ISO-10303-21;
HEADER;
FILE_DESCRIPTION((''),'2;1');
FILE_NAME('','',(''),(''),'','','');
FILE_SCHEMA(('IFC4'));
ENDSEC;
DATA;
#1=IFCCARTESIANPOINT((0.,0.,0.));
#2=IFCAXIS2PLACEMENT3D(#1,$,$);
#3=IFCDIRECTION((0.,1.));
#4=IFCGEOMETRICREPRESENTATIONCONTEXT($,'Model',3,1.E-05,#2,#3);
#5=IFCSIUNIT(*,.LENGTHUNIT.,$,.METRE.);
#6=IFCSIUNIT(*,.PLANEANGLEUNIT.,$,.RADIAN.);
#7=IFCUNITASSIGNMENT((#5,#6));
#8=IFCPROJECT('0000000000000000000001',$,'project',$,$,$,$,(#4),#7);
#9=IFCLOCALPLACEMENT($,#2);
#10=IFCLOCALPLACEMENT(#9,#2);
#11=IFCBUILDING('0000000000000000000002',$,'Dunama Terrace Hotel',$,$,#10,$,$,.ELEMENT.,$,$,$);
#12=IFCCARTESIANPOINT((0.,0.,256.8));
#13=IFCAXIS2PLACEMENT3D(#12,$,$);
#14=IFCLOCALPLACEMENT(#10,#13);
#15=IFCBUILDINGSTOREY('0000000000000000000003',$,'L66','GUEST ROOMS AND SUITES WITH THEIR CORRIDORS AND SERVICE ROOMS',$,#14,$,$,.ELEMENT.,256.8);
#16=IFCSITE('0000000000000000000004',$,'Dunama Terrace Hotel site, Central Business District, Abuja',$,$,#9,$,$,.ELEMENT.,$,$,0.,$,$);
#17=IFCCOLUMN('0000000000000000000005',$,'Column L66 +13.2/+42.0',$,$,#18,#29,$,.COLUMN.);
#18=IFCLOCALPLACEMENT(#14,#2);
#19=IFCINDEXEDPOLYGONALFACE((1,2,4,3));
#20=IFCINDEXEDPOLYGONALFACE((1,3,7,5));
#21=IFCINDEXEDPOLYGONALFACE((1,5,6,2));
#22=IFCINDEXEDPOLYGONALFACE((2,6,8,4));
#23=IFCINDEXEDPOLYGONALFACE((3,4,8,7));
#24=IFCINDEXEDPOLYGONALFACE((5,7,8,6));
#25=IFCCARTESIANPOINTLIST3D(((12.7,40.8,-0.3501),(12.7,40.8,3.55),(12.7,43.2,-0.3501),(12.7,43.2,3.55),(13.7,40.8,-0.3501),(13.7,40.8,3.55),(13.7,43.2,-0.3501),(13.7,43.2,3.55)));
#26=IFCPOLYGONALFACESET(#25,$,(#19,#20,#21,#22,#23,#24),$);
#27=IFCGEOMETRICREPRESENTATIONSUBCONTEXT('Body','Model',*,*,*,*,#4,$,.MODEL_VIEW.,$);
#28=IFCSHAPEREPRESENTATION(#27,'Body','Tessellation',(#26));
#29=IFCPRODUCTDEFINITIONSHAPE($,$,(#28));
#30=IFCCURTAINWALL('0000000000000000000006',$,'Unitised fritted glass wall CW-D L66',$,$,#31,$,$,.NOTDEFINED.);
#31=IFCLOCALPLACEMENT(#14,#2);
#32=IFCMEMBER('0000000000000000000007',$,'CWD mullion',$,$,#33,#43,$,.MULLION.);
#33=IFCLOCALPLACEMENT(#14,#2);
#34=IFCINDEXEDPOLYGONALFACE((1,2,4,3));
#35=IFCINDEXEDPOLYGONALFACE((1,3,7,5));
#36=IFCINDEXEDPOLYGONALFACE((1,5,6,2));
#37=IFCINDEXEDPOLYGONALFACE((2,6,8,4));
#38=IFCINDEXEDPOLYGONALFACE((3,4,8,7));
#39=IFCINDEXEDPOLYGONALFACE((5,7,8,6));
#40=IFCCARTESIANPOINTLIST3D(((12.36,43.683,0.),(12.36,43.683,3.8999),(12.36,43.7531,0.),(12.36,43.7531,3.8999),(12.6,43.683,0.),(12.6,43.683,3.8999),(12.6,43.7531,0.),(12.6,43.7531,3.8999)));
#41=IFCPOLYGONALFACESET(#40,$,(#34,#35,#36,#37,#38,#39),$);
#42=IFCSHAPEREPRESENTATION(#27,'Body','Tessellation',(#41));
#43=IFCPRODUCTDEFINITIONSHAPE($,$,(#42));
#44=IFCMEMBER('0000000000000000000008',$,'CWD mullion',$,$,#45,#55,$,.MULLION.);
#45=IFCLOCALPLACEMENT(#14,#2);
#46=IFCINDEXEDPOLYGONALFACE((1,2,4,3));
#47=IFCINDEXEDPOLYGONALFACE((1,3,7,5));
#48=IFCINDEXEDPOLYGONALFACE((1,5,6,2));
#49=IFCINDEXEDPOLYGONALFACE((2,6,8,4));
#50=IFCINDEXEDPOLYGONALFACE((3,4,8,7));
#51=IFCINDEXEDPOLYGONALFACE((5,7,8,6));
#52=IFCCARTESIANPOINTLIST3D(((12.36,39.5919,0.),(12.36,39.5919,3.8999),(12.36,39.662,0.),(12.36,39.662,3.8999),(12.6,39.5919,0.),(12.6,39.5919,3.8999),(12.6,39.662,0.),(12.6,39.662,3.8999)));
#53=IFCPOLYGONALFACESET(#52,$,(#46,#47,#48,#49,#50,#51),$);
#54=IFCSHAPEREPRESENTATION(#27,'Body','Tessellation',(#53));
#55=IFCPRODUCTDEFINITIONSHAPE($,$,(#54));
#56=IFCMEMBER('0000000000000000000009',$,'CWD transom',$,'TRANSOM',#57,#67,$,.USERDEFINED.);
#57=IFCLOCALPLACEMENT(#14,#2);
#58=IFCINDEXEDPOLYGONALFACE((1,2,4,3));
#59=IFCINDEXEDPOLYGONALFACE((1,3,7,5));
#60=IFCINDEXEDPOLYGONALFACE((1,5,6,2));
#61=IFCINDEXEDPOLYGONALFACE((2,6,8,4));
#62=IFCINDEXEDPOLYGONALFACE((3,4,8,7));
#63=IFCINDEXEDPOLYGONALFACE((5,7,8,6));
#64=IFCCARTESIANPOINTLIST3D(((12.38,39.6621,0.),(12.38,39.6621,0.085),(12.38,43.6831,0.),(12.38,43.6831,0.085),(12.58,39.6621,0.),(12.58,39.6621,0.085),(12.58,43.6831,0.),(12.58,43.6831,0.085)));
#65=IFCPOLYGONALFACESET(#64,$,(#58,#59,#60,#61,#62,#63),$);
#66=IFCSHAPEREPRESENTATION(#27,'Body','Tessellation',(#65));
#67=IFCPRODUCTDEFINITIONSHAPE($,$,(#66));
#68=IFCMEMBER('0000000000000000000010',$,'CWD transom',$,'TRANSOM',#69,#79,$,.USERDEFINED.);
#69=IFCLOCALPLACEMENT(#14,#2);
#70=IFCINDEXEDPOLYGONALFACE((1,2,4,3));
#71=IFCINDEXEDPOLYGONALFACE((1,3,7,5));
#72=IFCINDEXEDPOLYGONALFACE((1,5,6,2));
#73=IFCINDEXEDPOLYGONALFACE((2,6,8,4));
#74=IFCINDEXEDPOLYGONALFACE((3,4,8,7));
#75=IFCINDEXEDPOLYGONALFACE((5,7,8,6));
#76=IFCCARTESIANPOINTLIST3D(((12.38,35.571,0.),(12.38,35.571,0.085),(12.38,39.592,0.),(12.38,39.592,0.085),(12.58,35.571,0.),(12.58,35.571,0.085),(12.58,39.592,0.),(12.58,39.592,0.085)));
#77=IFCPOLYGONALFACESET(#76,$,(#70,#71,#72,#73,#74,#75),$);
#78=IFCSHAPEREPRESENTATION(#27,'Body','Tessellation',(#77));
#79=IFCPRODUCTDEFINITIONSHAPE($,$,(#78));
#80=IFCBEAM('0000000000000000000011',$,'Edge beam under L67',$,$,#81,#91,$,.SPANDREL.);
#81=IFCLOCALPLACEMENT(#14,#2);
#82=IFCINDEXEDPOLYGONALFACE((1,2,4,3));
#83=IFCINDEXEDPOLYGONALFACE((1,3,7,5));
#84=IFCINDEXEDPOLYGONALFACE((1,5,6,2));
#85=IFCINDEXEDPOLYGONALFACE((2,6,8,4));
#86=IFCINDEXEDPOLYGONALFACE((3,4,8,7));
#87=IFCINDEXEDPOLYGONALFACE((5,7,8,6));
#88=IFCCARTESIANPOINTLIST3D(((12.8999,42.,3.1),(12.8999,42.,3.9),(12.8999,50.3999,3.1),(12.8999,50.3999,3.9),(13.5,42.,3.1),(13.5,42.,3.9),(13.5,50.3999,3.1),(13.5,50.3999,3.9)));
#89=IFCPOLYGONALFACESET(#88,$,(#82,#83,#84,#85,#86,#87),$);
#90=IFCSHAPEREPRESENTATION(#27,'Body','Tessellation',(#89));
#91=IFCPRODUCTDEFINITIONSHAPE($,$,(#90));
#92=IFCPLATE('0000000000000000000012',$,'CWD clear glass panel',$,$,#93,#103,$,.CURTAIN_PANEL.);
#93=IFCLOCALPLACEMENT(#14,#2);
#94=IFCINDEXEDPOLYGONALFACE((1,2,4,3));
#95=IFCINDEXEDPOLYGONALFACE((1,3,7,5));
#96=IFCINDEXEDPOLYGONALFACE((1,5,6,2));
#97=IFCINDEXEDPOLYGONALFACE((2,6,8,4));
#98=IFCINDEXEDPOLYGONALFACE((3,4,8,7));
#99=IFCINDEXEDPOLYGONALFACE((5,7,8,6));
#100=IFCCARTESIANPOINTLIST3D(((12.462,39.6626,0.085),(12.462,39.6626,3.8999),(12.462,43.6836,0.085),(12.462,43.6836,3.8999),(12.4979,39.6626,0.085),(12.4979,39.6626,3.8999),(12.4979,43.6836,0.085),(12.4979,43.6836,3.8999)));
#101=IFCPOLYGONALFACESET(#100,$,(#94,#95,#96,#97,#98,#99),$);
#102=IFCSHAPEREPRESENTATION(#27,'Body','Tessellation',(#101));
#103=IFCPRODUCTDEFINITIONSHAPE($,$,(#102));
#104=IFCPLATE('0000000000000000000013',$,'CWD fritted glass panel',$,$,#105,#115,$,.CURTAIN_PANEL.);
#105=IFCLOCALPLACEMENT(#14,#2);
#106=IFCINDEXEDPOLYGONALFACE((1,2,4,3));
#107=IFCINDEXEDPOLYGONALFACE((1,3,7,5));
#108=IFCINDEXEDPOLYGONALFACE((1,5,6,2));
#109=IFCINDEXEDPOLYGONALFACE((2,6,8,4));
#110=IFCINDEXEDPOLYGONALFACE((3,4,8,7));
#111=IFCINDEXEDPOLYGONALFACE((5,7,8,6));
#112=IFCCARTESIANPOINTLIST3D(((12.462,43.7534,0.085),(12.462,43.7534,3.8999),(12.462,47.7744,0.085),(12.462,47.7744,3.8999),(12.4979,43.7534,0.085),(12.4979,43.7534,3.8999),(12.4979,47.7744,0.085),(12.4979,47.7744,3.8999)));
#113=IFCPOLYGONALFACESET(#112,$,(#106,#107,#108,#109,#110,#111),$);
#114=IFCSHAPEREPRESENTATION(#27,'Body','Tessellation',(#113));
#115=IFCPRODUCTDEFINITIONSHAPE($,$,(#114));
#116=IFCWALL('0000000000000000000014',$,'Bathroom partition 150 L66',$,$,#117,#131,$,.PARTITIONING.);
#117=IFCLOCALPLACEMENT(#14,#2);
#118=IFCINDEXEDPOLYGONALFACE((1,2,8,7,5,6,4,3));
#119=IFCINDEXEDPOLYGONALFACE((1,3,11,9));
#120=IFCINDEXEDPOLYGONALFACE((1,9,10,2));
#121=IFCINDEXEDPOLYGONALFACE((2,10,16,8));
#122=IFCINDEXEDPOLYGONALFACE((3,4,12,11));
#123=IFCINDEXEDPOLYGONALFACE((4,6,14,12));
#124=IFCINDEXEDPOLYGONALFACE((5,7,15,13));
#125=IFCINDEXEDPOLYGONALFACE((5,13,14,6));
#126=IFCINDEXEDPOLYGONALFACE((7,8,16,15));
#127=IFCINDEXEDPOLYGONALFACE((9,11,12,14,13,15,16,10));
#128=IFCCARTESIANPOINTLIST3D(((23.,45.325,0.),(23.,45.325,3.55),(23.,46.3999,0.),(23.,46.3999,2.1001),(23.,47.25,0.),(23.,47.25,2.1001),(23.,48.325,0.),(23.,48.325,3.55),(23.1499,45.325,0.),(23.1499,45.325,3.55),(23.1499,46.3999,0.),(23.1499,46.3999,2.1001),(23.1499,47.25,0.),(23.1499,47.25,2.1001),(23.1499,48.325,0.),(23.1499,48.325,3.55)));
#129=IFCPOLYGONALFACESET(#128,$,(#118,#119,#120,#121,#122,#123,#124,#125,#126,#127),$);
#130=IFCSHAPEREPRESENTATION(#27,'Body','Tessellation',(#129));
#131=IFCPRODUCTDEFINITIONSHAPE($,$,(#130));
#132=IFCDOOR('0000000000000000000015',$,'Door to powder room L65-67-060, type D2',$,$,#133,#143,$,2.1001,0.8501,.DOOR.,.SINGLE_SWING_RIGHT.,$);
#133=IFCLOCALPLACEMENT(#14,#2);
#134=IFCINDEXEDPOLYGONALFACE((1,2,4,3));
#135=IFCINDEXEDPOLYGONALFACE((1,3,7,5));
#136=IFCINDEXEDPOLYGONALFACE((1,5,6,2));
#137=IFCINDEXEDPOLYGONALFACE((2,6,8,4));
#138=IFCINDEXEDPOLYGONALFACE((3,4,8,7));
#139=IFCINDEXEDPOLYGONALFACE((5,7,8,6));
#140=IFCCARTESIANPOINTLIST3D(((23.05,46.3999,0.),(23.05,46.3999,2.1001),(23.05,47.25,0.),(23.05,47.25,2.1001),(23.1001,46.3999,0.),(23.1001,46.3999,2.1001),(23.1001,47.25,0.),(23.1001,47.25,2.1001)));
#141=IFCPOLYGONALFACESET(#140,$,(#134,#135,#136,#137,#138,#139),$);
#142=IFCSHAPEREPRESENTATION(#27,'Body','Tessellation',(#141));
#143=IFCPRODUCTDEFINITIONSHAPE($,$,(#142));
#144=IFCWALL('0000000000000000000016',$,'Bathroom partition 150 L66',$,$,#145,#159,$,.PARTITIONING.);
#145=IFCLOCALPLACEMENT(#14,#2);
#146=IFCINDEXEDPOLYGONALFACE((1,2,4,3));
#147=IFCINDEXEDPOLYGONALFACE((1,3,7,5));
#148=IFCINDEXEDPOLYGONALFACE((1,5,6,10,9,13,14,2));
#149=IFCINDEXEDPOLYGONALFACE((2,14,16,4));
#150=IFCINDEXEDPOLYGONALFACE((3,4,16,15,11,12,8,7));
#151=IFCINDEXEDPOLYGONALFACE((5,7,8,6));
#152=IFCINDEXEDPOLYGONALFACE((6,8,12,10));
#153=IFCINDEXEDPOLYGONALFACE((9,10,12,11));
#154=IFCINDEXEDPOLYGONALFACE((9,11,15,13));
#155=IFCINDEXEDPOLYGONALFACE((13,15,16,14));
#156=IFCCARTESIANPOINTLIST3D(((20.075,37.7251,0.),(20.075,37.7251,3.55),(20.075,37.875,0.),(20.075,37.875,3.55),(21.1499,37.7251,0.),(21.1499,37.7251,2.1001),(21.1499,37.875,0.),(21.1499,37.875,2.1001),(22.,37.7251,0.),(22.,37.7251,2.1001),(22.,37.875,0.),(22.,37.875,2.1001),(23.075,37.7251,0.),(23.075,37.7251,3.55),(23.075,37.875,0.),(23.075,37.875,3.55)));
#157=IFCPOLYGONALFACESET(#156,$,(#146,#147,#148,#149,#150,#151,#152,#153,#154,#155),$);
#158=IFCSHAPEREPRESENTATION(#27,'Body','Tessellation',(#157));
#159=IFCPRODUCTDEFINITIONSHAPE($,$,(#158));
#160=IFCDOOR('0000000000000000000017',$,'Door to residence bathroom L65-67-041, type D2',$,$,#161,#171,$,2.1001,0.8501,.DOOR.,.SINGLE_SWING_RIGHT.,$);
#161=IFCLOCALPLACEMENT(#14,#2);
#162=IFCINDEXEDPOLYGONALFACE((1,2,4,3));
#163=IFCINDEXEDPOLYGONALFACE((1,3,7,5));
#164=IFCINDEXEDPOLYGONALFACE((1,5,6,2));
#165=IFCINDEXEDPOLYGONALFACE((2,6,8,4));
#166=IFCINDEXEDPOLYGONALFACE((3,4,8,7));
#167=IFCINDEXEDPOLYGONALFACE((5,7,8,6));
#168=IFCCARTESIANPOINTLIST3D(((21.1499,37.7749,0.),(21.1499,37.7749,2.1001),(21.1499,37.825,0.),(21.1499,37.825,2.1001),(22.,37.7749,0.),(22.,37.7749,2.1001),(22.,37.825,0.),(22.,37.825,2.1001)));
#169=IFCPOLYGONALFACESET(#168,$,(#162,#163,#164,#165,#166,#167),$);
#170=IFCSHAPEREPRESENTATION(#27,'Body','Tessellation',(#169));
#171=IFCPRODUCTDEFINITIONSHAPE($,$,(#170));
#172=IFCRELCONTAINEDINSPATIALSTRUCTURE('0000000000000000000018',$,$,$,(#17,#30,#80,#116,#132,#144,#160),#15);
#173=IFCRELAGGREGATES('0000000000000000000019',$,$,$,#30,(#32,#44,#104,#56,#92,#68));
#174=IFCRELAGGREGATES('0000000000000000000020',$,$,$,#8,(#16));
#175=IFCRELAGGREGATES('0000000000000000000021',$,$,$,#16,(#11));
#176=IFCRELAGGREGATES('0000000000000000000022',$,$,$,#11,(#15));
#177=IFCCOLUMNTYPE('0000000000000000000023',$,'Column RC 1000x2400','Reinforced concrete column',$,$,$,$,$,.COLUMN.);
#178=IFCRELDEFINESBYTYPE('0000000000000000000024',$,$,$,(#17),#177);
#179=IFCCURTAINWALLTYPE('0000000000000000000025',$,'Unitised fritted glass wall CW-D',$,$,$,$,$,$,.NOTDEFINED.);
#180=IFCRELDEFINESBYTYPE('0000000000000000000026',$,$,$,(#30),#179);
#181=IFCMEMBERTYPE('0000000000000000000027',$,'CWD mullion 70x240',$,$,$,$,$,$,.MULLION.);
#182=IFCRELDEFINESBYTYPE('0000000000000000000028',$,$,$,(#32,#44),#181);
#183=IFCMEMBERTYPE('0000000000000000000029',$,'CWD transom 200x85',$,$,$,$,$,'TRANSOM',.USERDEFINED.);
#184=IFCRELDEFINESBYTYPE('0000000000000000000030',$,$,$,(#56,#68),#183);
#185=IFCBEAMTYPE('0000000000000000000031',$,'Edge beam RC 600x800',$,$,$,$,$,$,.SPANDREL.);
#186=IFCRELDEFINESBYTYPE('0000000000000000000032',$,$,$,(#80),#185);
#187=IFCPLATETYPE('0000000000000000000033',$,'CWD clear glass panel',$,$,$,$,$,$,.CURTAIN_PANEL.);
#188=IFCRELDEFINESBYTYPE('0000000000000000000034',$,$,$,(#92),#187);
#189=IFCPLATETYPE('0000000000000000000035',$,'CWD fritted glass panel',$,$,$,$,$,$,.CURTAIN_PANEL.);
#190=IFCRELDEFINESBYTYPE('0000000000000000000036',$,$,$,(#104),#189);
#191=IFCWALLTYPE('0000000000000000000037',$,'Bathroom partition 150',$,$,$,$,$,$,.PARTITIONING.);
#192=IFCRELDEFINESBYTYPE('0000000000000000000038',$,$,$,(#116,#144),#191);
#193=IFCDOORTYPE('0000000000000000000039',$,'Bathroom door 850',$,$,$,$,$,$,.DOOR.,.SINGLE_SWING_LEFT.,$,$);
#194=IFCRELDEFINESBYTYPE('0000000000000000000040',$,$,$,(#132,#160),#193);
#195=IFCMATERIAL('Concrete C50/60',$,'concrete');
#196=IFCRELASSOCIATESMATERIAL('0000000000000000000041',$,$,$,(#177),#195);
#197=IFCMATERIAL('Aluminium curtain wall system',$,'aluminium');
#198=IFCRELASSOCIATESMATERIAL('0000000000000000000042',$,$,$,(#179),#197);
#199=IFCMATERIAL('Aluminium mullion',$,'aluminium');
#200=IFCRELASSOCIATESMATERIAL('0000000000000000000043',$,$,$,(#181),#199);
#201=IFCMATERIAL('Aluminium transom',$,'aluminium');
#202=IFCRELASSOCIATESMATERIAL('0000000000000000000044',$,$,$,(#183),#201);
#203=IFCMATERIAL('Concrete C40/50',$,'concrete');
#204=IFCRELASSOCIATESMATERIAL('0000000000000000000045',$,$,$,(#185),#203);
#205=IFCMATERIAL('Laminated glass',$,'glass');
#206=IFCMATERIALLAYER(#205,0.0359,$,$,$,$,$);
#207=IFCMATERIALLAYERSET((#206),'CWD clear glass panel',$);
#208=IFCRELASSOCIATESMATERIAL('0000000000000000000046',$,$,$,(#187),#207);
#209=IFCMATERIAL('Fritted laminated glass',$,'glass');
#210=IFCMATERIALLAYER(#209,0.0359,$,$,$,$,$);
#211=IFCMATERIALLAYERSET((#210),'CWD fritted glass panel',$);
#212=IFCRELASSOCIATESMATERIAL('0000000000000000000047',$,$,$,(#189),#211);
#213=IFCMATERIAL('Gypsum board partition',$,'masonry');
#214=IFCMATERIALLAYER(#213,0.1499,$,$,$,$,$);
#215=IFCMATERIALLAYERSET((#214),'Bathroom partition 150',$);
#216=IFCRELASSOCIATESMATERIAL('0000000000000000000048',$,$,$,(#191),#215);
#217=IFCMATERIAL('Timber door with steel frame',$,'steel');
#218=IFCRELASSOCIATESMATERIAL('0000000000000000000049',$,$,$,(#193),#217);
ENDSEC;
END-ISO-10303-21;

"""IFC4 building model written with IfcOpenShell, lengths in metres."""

from ifc_helpers import new_model, si_unit, direction, frame, frame_2d, origin, origin_2d, place, context, subcontext, project, spatial, rectangle, extrude, material, layer, layer_set, material_profile, profile_set, type_object, element, fill, aggregate, save


model = new_model("IFC4")

# Units and contexts
model_context = context("Model", 3, precision=1e-05, world=origin(), true_north=direction((0.0, 1.0)))
body_context = subcontext(model_context, "Body", "Model", "MODEL_VIEW")
ifc_project = project(units=[si_unit("LENGTHUNIT", "METRE"), si_unit("PLANEANGLEUNIT", "RADIAN")], contexts=[model_context])

# Site, building, storey
site_placement = place(None, origin())
site = spatial("IfcSite", under=ifc_project, at=site_placement, Name="Dunama Terrace Hotel site, Central Business District, Abuja", CompositionType="ELEMENT", RefElevation=0.0)
building_placement = place(site_placement, origin())
building = spatial("IfcBuilding", under=site, at=building_placement, Name="Dunama Terrace Hotel", CompositionType="ELEMENT")
storey_placement = place(building_placement, frame((0.0, 0.0, 256.8)))
storey = spatial("IfcBuildingStorey", under=building, at=storey_placement, Name="L66", Description="GUEST ROOMS AND SUITES WITH THEIR CORRIDORS AND SERVICE ROOMS", CompositionType="ELEMENT", Elevation=256.8)

# Column
ifc_material_1 = material(Name="Concrete C50/60", Category="concrete")
ifc_material_profile_1 = material_profile(ifc_material_1, rectangle(XDim=1.0, YDim=2.3999, at=origin_2d()), Name="RC 1000x2400")
ifc_profile_set_1 = profile_set([ifc_material_profile_1], Name="Concrete C50/60")
column_type = type_object("IfcColumnType", Name="Column RC 1000x2400", Description="Reinforced concrete column", PredefinedType="COLUMN", material=ifc_profile_set_1)
column_placement = place(storey_placement, frame((13.2, 42.0, -0.3501), z_axis=(0.0, 0.0, 1.0), x_axis=(1.0, 0.0, 0.0)))
element("IfcColumn", 1, at=column_placement, inside=storey, type_object=column_type, Name="Column L66 +13.2/+42.0", PredefinedType="COLUMN", context=body_context, shape_type="SweptSolid", body=[
    extrude(rectangle(XDim=1.0, YDim=2.3999, at=origin_2d()), origin(), (0.0, 0.0, 1.0), 3.9001),
])

# Curtain wall, members
ifc_material_2 = material(Name="Aluminium curtain wall system", Category="aluminium")
curtain_wall_type = type_object("IfcCurtainWallType", Name="Unitised fritted glass wall CW-D", PredefinedType="NOTDEFINED", material=ifc_material_2)
curtain_wall_placement = place(storey_placement, origin())
curtain_wall = element("IfcCurtainWall", 2, at=curtain_wall_placement, inside=storey, type_object=curtain_wall_type, Name="Unitised fritted glass wall CW-D L66", PredefinedType="NOTDEFINED")
ifc_material_3 = material(Name="Aluminium mullion", Category="aluminium")
ifc_material_profile_2 = material_profile(ifc_material_3, rectangle(XDim=0.0701, YDim=0.24, at=origin_2d()), Name="CWD MULLION 70X240")
ifc_profile_set_2 = profile_set([ifc_material_profile_2], Name="Aluminium mullion")
member_type_1 = type_object("IfcMemberType", Name="CWD mullion 70x240", PredefinedType="MULLION", material=ifc_profile_set_2)
member_1_placement = place(storey_placement, frame((12.48, 43.718, 0.0), z_axis=(0.0, 0.0, 1.0), x_axis=(0.0, -1.0, 0.0)))
member_1 = element("IfcMember", 3, at=member_1_placement, type_object=member_type_1, Name="CWD mullion", PredefinedType="MULLION", context=body_context, shape_type="SweptSolid", body=[
    extrude(rectangle(XDim=0.0701, YDim=0.24, at=origin_2d()), origin(), (0.0, 0.0, 1.0), 3.8999),
])
member_2_placement = place(storey_placement, frame((12.48, 39.627, 0.0), z_axis=(0.0, 0.0, 1.0), x_axis=(0.0, -1.0, 0.0)))
member_2 = element("IfcMember", 4, at=member_2_placement, type_object=member_type_1, Name="CWD mullion", PredefinedType="MULLION", context=body_context, shape_type="SweptSolid", body=[
    extrude(rectangle(XDim=0.0701, YDim=0.24, at=origin_2d()), origin(), (0.0, 0.0, 1.0), 3.8999),
])
ifc_material_4 = material(Name="Aluminium transom", Category="aluminium")
ifc_material_profile_3 = material_profile(ifc_material_4, rectangle(XDim=0.2, YDim=0.085, at=origin_2d()), Name="CWD TRANSOM 200X85")
ifc_profile_set_3 = profile_set([ifc_material_profile_3], Name="Aluminium transom")
member_type_2 = type_object("IfcMemberType", Name="CWD transom 200x85", ElementType="TRANSOM", PredefinedType="USERDEFINED", material=ifc_profile_set_3)
member_3_placement = place(storey_placement, frame((12.48, 43.6831, 0.0425), z_axis=(0.0, -1.0, 0.0), x_axis=(1.0, 0.0, 0.0)))
member_3 = element("IfcMember", 5, at=member_3_placement, type_object=member_type_2, Name="CWD transom", ObjectType="TRANSOM", PredefinedType="USERDEFINED", context=body_context, shape_type="SweptSolid", body=[
    extrude(rectangle(XDim=0.2, YDim=0.085, at=origin_2d()), origin(), (0.0, 0.0, 1.0), 4.021),
])
member_4_placement = place(storey_placement, frame((12.48, 39.592, 0.0425), z_axis=(0.0, -1.0, 0.0), x_axis=(1.0, 0.0, 0.0)))
member_4 = element("IfcMember", 6, at=member_4_placement, type_object=member_type_2, Name="CWD transom", ObjectType="TRANSOM", PredefinedType="USERDEFINED", context=body_context, shape_type="SweptSolid", body=[
    extrude(rectangle(XDim=0.2, YDim=0.085, at=origin_2d()), origin(), (0.0, 0.0, 1.0), 4.021),
])

# Beam
ifc_material_5 = material(Name="Concrete C40/50", Category="concrete")
ifc_material_profile_4 = material_profile(ifc_material_5, rectangle(XDim=0.6001, YDim=0.8, at=origin_2d()), Name="RC 600x800")
ifc_profile_set_4 = profile_set([ifc_material_profile_4], Name="Concrete C40/50")
beam_type = type_object("IfcBeamType", Name="Edge beam RC 600x800", PredefinedType="SPANDREL", material=ifc_profile_set_4)
beam_placement = place(storey_placement, frame((13.2, 42.0, 3.5), z_axis=(0.0, 1.0, 0.0), x_axis=(-1.0, 0.0, 0.0)))
element("IfcBeam", 7, at=beam_placement, inside=storey, type_object=beam_type, Name="Edge beam under L67", PredefinedType="SPANDREL", context=body_context, shape_type="SweptSolid", body=[
    extrude(rectangle(XDim=0.6001, YDim=0.8, at=origin_2d()), origin(), (0.0, 0.0, 1.0), 8.3999),
])

# Plates
ifc_material_6 = material(Name="Laminated glass", Category="glass")
ifc_layer_1 = layer(ifc_material_6, 0.0359)
ifc_layer_set_1 = layer_set([ifc_layer_1], Name="CWD clear glass panel")
plate_type_1 = type_object("IfcPlateType", Name="CWD clear glass panel", PredefinedType="CURTAIN_PANEL", material=ifc_layer_set_1)
plate_1_placement = place(storey_placement, frame((12.48, 41.6731, 0.085), z_axis=(0.0, 0.0, 1.0), x_axis=(0.0, -1.0, 0.0)))
plate_1 = element("IfcPlate", 8, at=plate_1_placement, type_object=plate_type_1, Name="CWD clear glass panel", PredefinedType="CURTAIN_PANEL", context=body_context, shape_type="SweptSolid", body=[
    extrude(rectangle(XDim=4.021, YDim=0.0359, at=origin_2d()), origin(), (0.0, 0.0, 1.0), 3.8149),
])
ifc_material_7 = material(Name="Fritted laminated glass", Category="glass")
ifc_layer_2 = layer(ifc_material_7, 0.0359)
ifc_layer_set_2 = layer_set([ifc_layer_2], Name="CWD fritted glass panel")
plate_type_2 = type_object("IfcPlateType", Name="CWD fritted glass panel", PredefinedType="CURTAIN_PANEL", material=ifc_layer_set_2)
plate_2_placement = place(storey_placement, frame((12.48, 45.7639, 0.085), z_axis=(0.0, 0.0, 1.0), x_axis=(0.0, -1.0, 0.0)))
plate_2 = element("IfcPlate", 9, at=plate_2_placement, type_object=plate_type_2, Name="CWD fritted glass panel", PredefinedType="CURTAIN_PANEL", context=body_context, shape_type="SweptSolid", body=[
    extrude(rectangle(XDim=4.021, YDim=0.0359, at=origin_2d()), origin(), (0.0, 0.0, 1.0), 3.8149),
])
aggregate(curtain_wall, [member_1, member_2, plate_2, member_3, plate_1, member_4])

# Walls, openings, doors
ifc_material_8 = material(Name="Gypsum board partition", Category="masonry")
ifc_layer_3 = layer(ifc_material_8, 0.1499)
ifc_layer_set_3 = layer_set([ifc_layer_3], Name="Bathroom partition 150")
wall_type_1 = type_object("IfcWallType", Name="Bathroom partition 150", PredefinedType="PARTITIONING", material=ifc_layer_set_3)
wall_1_placement = place(storey_placement, frame((23.075, 45.325, 0.0), z_axis=(0.0, 0.0, 1.0), x_axis=(0.0, 1.0, 0.0)))
wall_1 = element("IfcWall", 10, at=wall_1_placement, inside=storey, type_object=wall_type_1, Name="Bathroom partition 150 L66", PredefinedType="PARTITIONING", context=body_context, shape_type="SweptSolid", body=[
    extrude(rectangle(XDim=3.0, YDim=0.1499, at=frame_2d((1.5, 0.0))), origin(), (0.0, 0.0, 1.0), 3.55),
])
opening_1_placement = place(wall_1_placement, frame((1.075, 0.0, 0.0)))
opening_1 = element("IfcOpeningElement", 11, at=opening_1_placement, cuts=wall_1, PredefinedType="OPENING", context=body_context, shape_type="SweptSolid", body=[
    extrude(rectangle(XDim=0.8501, YDim=2.1001, at=frame_2d((0.425, 1.05))), frame((0.0, 0.085, 0.0), z_axis=(0.0, -1.0, 0.0), x_axis=(1.0, 0.0, 0.0)), (0.0, 0.0, 1.0), 0.1699),
])
ifc_material_9 = material(Name="Timber door with steel frame", Category="steel")
door_type_1 = type_object("IfcDoorType", Name="Bathroom door 850", OperationType="SINGLE_SWING_LEFT", PredefinedType="DOOR", material=ifc_material_9)
door_1_placement = place(opening_1_placement, frame((0.8501, 0.0, 0.0), z_axis=(0.0, 0.0, 1.0), x_axis=(-1.0, 0.0, 0.0)))
door_1 = element("IfcDoor", 12, at=door_1_placement, inside=storey, type_object=door_type_1, Name="Door to powder room L65-67-060, type D2", OperationType="SINGLE_SWING_RIGHT", OverallHeight=2.1001, OverallWidth=0.8501, PredefinedType="DOOR", context=body_context, shape_type="SweptSolid", body=[
    extrude(rectangle(XDim=0.8501, YDim=2.1001, at=frame_2d((0.425, 1.05))), frame((0.0, 0.0251, 0.0), z_axis=(0.0, -1.0, 0.0), x_axis=(1.0, 0.0, 0.0)), (0.0, 0.0, 1.0), 0.05),
])
fill(opening_1, door_1)
wall_2_placement = place(storey_placement, frame((20.075, 37.8, 0.0), z_axis=(0.0, 0.0, 1.0), x_axis=(1.0, 0.0, 0.0)))
wall_2 = element("IfcWall", 13, at=wall_2_placement, inside=storey, type_object=wall_type_1, Name="Bathroom partition 150 L66", PredefinedType="PARTITIONING", context=body_context, shape_type="SweptSolid", body=[
    extrude(rectangle(XDim=3.0, YDim=0.1499, at=frame_2d((1.5, 0.0))), origin(), (0.0, 0.0, 1.0), 3.55),
])
opening_2_placement = place(wall_2_placement, frame((1.075, 0.0, 0.0)))
opening_2 = element("IfcOpeningElement", 14, at=opening_2_placement, cuts=wall_2, PredefinedType="OPENING", context=body_context, shape_type="SweptSolid", body=[
    extrude(rectangle(XDim=0.8501, YDim=2.1001, at=frame_2d((0.425, 1.05))), frame((0.0, 0.085, 0.0), z_axis=(0.0, -1.0, 0.0), x_axis=(1.0, 0.0, 0.0)), (0.0, 0.0, 1.0), 0.1699),
])
door_2_placement = place(opening_2_placement, origin())
door_2 = element("IfcDoor", 15, at=door_2_placement, inside=storey, type_object=door_type_1, Name="Door to residence bathroom L65-67-041, type D2", OperationType="SINGLE_SWING_RIGHT", OverallHeight=2.1001, OverallWidth=0.8501, PredefinedType="DOOR", context=body_context, shape_type="SweptSolid", body=[
    extrude(rectangle(XDim=0.8501, YDim=2.1001, at=frame_2d((0.425, 1.05))), frame((0.0, 0.0249, 0.0), z_axis=(0.0, -1.0, 0.0), x_axis=(1.0, 0.0, 0.0)), (0.0, 0.0, 1.0), 0.05),
])
fill(opening_2, door_2)

save(model, "model.ifc")
